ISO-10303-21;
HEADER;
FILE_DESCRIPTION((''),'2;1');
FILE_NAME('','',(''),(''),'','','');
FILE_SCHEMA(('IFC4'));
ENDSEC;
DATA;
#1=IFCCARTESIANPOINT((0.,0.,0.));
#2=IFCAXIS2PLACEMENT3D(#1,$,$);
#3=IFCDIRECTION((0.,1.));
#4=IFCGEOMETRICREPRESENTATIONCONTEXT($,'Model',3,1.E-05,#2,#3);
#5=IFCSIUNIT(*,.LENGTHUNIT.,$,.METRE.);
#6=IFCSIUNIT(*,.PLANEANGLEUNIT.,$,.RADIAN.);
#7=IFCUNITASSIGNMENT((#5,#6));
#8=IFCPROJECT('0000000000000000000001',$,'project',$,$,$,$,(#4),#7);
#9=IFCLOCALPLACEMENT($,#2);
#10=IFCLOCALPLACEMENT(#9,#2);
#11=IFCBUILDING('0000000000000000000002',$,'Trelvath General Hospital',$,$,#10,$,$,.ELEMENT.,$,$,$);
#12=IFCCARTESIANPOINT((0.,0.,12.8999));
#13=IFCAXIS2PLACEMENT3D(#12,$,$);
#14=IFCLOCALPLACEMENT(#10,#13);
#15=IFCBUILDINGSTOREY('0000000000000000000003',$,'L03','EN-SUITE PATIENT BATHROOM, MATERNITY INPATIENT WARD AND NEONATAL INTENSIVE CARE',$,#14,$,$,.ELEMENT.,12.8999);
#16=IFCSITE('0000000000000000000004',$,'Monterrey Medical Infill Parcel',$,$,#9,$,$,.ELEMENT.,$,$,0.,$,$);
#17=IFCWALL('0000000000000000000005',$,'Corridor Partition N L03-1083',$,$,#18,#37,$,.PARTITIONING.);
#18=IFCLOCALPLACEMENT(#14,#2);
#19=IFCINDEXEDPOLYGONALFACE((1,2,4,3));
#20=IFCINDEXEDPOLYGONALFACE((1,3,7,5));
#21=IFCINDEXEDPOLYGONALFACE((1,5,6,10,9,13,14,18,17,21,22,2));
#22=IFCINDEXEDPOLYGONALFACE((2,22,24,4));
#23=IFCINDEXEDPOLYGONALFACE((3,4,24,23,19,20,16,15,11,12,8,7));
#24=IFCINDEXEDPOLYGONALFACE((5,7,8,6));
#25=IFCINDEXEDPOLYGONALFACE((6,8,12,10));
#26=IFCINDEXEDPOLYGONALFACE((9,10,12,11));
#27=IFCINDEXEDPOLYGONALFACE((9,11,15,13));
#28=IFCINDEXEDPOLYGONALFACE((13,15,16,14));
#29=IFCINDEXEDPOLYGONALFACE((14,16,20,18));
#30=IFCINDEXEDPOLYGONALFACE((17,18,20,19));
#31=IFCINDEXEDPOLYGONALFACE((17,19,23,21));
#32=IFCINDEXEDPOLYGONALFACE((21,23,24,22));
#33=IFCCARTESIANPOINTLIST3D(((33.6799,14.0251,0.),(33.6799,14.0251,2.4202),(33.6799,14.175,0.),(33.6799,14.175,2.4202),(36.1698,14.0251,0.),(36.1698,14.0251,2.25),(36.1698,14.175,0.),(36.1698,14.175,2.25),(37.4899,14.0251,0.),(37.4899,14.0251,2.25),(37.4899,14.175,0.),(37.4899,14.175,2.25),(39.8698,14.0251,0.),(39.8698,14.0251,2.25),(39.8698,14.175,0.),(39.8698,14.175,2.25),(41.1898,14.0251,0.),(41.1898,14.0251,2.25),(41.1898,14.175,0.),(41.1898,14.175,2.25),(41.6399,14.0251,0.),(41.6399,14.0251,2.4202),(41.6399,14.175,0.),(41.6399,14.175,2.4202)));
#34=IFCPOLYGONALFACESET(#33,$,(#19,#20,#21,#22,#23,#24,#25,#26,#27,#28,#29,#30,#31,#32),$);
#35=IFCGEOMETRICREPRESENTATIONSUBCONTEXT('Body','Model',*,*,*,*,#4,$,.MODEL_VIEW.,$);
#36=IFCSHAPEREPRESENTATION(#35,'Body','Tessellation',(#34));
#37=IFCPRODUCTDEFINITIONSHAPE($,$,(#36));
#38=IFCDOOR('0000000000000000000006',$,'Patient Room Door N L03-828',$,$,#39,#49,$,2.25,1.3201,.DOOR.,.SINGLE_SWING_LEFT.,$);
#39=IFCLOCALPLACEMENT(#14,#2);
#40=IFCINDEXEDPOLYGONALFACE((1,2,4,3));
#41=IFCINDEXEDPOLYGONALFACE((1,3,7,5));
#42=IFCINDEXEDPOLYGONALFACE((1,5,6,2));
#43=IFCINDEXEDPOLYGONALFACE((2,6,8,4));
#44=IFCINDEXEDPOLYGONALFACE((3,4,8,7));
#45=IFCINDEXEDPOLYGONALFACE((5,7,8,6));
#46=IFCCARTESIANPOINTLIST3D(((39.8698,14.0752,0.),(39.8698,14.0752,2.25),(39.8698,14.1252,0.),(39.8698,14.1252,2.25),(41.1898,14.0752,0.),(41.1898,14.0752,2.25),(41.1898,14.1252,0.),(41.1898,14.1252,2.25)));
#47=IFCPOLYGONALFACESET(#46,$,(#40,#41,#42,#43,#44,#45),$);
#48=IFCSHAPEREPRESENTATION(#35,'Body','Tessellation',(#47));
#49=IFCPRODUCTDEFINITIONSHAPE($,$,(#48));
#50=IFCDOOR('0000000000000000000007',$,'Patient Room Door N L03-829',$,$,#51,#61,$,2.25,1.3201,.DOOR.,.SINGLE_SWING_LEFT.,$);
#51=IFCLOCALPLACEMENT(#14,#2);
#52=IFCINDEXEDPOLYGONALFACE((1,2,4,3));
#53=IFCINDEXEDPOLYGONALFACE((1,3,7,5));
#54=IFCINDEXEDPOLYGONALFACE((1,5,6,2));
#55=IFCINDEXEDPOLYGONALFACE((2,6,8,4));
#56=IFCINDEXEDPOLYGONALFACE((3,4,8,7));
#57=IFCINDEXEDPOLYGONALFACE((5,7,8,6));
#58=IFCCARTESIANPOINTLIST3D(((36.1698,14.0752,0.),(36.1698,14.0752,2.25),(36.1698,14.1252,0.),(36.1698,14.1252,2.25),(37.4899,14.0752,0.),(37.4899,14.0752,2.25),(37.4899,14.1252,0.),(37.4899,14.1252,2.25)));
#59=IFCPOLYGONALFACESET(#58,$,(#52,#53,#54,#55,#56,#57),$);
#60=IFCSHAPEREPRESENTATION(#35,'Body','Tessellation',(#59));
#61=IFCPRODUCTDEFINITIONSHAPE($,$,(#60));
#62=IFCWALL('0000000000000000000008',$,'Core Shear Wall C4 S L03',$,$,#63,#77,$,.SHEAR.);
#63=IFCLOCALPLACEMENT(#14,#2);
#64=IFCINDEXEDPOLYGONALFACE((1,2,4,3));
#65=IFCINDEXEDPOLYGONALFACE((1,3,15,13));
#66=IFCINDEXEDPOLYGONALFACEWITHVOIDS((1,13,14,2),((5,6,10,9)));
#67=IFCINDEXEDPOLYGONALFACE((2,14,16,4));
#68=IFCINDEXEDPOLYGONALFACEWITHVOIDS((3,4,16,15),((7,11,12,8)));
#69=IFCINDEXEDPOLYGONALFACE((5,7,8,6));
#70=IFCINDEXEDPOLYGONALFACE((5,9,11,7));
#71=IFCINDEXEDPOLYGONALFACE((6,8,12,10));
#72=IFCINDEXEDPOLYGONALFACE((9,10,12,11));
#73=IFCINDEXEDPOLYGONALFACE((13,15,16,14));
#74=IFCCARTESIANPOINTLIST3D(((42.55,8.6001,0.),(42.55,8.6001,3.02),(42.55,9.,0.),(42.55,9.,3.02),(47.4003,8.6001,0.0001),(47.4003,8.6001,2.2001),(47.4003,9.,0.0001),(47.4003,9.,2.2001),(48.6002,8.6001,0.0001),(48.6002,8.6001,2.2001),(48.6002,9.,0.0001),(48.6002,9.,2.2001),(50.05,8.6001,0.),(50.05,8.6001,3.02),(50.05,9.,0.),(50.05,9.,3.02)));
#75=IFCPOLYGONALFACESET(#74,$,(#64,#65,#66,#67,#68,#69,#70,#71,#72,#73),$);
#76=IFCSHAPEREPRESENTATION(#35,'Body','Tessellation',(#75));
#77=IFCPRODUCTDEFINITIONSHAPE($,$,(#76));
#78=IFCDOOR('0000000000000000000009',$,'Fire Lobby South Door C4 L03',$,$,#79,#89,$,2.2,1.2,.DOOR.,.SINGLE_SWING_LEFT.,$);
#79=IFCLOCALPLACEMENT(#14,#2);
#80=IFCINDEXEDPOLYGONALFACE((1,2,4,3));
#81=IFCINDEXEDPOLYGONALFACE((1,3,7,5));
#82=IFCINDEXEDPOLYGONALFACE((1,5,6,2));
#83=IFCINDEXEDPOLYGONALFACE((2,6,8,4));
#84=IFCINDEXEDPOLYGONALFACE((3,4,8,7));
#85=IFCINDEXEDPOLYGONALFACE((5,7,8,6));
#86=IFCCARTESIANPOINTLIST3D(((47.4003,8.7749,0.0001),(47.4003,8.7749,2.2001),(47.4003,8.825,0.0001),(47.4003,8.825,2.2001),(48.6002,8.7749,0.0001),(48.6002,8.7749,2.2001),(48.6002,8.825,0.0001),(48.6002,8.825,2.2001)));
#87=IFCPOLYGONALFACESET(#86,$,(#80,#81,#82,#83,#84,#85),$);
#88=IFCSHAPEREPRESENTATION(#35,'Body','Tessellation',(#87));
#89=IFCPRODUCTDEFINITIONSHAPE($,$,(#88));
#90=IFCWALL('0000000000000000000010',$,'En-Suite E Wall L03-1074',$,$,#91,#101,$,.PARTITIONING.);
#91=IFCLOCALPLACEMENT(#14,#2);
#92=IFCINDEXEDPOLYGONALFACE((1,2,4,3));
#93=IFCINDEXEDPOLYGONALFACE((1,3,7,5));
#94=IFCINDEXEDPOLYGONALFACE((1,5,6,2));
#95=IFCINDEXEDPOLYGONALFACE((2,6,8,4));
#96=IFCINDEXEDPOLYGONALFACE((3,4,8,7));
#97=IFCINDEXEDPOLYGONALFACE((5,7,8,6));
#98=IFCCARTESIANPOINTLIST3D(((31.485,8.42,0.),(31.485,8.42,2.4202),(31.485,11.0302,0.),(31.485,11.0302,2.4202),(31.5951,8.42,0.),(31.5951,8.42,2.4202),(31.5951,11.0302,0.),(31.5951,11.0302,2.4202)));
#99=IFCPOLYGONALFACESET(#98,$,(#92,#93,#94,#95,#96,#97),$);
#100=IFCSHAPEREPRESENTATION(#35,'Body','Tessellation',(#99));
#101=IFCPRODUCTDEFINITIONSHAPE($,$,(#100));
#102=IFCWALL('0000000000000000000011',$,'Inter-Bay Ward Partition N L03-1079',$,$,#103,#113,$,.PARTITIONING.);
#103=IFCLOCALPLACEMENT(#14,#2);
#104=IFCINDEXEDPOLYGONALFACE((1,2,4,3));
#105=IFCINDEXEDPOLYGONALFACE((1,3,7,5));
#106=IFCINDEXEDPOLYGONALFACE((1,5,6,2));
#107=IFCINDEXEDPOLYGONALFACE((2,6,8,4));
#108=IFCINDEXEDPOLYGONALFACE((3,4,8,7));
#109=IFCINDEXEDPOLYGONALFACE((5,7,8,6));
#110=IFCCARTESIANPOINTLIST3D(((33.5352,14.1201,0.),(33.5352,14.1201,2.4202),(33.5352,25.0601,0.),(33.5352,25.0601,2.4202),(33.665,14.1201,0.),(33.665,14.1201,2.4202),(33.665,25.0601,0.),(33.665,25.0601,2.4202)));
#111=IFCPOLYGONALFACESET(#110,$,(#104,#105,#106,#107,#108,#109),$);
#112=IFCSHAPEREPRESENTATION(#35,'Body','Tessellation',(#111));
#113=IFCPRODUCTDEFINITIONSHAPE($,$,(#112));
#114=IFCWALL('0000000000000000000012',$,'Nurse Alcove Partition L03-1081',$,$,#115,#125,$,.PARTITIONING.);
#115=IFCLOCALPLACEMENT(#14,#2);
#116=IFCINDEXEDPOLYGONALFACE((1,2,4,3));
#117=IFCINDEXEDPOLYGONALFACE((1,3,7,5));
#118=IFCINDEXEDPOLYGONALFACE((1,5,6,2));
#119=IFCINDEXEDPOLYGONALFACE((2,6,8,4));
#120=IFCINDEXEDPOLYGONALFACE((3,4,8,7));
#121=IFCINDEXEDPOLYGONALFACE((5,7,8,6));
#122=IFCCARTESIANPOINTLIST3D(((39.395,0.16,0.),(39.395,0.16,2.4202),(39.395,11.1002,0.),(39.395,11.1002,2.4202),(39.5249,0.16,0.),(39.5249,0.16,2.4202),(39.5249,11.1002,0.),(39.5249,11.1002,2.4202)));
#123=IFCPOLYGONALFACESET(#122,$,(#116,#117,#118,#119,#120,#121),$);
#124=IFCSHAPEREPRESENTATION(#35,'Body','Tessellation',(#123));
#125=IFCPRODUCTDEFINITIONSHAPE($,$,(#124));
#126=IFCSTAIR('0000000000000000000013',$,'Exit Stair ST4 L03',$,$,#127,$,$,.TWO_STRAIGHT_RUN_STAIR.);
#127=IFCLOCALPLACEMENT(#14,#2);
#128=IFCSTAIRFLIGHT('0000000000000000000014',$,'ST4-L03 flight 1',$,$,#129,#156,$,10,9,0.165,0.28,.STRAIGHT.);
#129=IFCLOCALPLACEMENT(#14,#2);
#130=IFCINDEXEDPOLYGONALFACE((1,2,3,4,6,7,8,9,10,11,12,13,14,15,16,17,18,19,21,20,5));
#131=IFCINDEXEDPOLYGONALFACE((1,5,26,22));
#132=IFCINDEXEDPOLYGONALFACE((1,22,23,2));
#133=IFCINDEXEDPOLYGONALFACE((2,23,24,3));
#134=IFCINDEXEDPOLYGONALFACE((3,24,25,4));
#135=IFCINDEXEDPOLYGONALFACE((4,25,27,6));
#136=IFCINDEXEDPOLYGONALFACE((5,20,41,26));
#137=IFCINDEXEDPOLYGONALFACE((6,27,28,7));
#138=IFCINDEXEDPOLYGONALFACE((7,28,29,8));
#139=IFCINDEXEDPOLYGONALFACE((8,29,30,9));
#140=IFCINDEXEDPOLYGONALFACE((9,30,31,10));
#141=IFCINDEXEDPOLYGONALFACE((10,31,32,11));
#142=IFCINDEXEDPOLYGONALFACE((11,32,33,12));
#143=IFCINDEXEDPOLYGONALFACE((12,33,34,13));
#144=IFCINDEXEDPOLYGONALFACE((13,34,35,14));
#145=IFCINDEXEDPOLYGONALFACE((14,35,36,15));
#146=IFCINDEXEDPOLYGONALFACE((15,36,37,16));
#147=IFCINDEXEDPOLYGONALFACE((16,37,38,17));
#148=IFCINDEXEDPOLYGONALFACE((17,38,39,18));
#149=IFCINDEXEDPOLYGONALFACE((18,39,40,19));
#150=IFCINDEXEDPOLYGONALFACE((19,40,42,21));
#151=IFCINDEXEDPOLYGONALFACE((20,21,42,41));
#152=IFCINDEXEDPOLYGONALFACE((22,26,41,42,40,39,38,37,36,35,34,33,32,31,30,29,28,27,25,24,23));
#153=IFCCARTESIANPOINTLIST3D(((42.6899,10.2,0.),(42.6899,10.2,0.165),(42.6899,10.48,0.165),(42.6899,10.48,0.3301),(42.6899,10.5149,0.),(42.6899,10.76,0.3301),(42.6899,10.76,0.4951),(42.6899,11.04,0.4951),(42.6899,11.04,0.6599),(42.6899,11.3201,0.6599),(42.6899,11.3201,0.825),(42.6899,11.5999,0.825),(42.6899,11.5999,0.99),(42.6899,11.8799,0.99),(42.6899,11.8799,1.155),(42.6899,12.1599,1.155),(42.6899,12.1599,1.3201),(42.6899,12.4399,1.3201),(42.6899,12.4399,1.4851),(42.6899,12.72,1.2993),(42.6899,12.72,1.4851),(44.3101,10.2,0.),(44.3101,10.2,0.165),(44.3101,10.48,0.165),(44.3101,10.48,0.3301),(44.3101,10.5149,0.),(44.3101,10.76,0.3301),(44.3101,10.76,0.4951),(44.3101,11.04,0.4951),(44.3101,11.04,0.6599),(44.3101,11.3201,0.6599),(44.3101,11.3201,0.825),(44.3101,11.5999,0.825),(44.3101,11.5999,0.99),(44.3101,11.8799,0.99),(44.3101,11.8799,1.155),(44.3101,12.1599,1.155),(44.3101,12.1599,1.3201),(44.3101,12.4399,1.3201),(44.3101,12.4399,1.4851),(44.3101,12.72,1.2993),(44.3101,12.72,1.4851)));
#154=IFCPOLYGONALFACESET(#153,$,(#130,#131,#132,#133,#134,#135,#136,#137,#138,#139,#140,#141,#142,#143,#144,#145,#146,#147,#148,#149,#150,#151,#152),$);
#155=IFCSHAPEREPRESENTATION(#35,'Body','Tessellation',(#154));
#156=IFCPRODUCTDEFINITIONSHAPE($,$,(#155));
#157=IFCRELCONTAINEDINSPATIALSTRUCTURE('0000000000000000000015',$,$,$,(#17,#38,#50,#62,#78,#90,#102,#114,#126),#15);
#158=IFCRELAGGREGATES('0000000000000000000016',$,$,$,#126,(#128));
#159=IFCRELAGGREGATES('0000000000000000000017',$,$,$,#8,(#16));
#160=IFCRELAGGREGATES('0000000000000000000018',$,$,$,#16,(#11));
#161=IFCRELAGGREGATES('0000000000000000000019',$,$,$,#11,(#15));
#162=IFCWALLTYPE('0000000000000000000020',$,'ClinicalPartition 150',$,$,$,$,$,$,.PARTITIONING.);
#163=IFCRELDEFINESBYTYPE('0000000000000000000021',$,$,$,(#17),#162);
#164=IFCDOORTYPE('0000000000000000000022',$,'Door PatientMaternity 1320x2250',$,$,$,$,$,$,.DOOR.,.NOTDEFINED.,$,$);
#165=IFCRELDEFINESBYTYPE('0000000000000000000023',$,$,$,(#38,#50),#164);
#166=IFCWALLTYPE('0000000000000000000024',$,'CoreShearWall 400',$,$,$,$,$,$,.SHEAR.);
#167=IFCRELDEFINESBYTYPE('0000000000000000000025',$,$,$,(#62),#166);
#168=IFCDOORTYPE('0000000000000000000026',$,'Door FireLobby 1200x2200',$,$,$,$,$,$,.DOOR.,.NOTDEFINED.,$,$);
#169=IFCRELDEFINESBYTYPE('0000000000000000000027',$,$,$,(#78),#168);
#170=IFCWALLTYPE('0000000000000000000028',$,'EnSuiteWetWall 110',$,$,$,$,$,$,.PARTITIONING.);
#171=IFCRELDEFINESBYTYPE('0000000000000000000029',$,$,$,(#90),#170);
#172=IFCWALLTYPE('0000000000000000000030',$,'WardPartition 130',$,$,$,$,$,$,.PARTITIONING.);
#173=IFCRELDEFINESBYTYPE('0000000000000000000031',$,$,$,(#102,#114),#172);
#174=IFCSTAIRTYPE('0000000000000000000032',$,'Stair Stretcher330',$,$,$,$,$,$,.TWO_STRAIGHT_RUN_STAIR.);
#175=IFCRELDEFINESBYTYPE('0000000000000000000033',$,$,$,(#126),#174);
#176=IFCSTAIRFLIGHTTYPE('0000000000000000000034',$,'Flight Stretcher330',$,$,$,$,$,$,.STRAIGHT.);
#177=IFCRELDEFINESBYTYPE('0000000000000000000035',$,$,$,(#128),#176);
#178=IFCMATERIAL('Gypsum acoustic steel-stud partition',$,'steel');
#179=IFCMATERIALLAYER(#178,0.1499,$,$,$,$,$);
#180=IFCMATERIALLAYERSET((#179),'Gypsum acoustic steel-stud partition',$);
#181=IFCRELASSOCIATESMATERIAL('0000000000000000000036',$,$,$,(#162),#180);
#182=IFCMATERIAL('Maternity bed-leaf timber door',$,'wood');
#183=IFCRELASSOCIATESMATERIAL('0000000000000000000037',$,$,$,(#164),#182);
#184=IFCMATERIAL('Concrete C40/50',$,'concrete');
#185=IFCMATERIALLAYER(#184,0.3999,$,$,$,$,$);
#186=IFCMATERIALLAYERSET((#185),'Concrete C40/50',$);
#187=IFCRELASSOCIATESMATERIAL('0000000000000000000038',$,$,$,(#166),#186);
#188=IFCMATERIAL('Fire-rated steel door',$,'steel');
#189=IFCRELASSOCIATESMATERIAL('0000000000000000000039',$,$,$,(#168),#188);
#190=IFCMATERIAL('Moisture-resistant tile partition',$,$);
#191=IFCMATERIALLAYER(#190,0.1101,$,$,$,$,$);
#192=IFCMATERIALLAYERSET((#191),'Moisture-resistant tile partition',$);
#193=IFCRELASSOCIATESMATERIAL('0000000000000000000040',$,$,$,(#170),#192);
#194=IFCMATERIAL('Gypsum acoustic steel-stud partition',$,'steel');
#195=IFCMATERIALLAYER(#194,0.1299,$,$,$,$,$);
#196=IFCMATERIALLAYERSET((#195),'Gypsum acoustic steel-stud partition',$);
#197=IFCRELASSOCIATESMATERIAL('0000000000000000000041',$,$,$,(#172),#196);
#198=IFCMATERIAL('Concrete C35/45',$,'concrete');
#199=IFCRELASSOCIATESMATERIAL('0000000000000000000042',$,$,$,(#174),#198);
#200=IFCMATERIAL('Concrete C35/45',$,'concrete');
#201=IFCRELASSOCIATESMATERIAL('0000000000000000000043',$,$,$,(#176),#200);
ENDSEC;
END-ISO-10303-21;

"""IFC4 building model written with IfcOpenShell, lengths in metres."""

from ifc_helpers import new_model, si_unit, direction, frame, frame_2d, origin, place, context, subcontext, project, spatial, polyline, rectangle, outline, extrude, material, layer, layer_set, type_object, element, fill, aggregate, save


model = new_model("IFC4")

# Units and contexts
model_context = context("Model", 3, precision=1e-05, world=origin(), true_north=direction((0.0, 1.0)))
body_context = subcontext(model_context, "Body", "Model", "MODEL_VIEW")
ifc_project = project(units=[si_unit("LENGTHUNIT", "METRE"), si_unit("PLANEANGLEUNIT", "RADIAN")], contexts=[model_context])

# Site, building, storey
site_placement = place(None, origin())
site = spatial("IfcSite", under=ifc_project, at=site_placement, Name="Monterrey Medical Infill Parcel", CompositionType="ELEMENT", RefElevation=0.0)
building_placement = place(site_placement, origin())
building = spatial("IfcBuilding", under=site, at=building_placement, Name="Trelvath General Hospital", CompositionType="ELEMENT")
storey_placement = place(building_placement, frame((0.0, 0.0, 12.8999)))
storey = spatial("IfcBuildingStorey", under=building, at=storey_placement, Name="L03", Description="EN-SUITE PATIENT BATHROOM, MATERNITY INPATIENT WARD AND NEONATAL INTENSIVE CARE", CompositionType="ELEMENT", Elevation=12.8999)

# Shared definitions
ifc_material_1 = material(Name="Gypsum acoustic steel-stud partition", Category="steel")
ifc_layer_1 = layer(ifc_material_1, 0.1499)
ifc_layer_set_1 = layer_set([ifc_layer_1], Name="Gypsum acoustic steel-stud partition")
wall_type_1 = type_object("IfcWallType", Name="ClinicalPartition 150", PredefinedType="PARTITIONING", material=ifc_layer_set_1)

# Wall, openings, doors
wall_1_placement = place(storey_placement, frame((41.6399, 14.1001, 0.0), z_axis=(0.0, 0.0, 1.0), x_axis=(-1.0, 0.0, 0.0)))
wall_1 = element("IfcWall", 1, at=wall_1_placement, inside=storey, type_object=wall_type_1, Name="Corridor Partition N L03-1083", PredefinedType="PARTITIONING", context=body_context, shape_type="SweptSolid", body=[
    extrude(rectangle(XDim=7.96, YDim=0.1499, at=frame_2d((3.98, 0.0))), origin(), (0.0, 0.0, 1.0), 2.4202),
])
opening_1_placement = place(wall_1_placement, frame((0.45, 0.0, 0.0)))
opening_1 = element("IfcOpeningElement", 2, at=opening_1_placement, cuts=wall_1, PredefinedType="OPENING", context=body_context, shape_type="SweptSolid", body=[
    extrude(rectangle(XDim=1.3201, YDim=2.25, at=frame_2d((0.6602, 1.125))), frame((0.0, 0.085, 0.0), z_axis=(0.0, -1.0, 0.0), x_axis=(1.0, 0.0, 0.0)), (0.0, 0.0, 1.0), 0.1699),
])
opening_2_placement = place(wall_1_placement, frame((4.1499, 0.0, 0.0)))
opening_2 = element("IfcOpeningElement", 3, at=opening_2_placement, cuts=wall_1, PredefinedType="OPENING", context=body_context, shape_type="SweptSolid", body=[
    extrude(rectangle(XDim=1.3201, YDim=2.25, at=frame_2d((0.6602, 1.125))), frame((0.0, 0.085, 0.0), z_axis=(0.0, -1.0, 0.0), x_axis=(1.0, 0.0, 0.0)), (0.0, 0.0, 1.0), 0.1699),
])
ifc_material_2 = material(Name="Maternity bed-leaf timber door", Category="wood")
door_type_1 = type_object("IfcDoorType", Name="Door PatientMaternity 1320x2250", OperationType="NOTDEFINED", PredefinedType="DOOR", material=ifc_material_2)
door_1_placement = place(opening_1_placement, origin())
door_1 = element("IfcDoor", 4, at=door_1_placement, inside=storey, type_object=door_type_1, Name="Patient Room Door N L03-828", OperationType="SINGLE_SWING_LEFT", OverallHeight=2.25, OverallWidth=1.3201, PredefinedType="DOOR", context=body_context, shape_type="SweptSolid", body=[
    extrude(rectangle(XDim=1.3201, YDim=2.25, at=frame_2d((0.6602, 1.125))), frame((0.0, 0.0249, 0.0), z_axis=(0.0, -1.0, 0.0), x_axis=(1.0, 0.0, 0.0)), (0.0, 0.0, 1.0), 0.05),
])
fill(opening_1, door_1)
door_2_placement = place(opening_2_placement, origin())
door_2 = element("IfcDoor", 5, at=door_2_placement, inside=storey, type_object=door_type_1, Name="Patient Room Door N L03-829", OperationType="SINGLE_SWING_LEFT", OverallHeight=2.25, OverallWidth=1.3201, PredefinedType="DOOR", context=body_context, shape_type="SweptSolid", body=[
    extrude(rectangle(XDim=1.3201, YDim=2.25, at=frame_2d((0.6602, 1.125))), frame((0.0, 0.0249, 0.0), z_axis=(0.0, -1.0, 0.0), x_axis=(1.0, 0.0, 0.0)), (0.0, 0.0, 1.0), 0.05),
])
fill(opening_2, door_2)

# Wall, opening, door
ifc_material_3 = material(Name="Concrete C40/50", Category="concrete")
ifc_layer_2 = layer(ifc_material_3, 0.3999)
ifc_layer_set_2 = layer_set([ifc_layer_2], Name="Concrete C40/50")
wall_type_2 = type_object("IfcWallType", Name="CoreShearWall 400", PredefinedType="SHEAR", material=ifc_layer_set_2)
wall_2_placement = place(storey_placement, frame((42.55, 8.8, 0.0), z_axis=(0.0, 0.0, 1.0), x_axis=(1.0, 0.0, 0.0)))
wall_2 = element("IfcWall", 6, at=wall_2_placement, inside=storey, type_object=wall_type_2, Name="Core Shear Wall C4 S L03", PredefinedType="SHEAR", context=body_context, shape_type="SweptSolid", body=[
    extrude(rectangle(XDim=7.5, YDim=0.3999, at=frame_2d((3.75, 0.0))), origin(), (0.0, 0.0, 1.0), 3.02),
])
opening_3_placement = place(wall_2_placement, frame((4.8501, 0.0, 0.0)))
opening_3 = element("IfcOpeningElement", 7, at=opening_3_placement, cuts=wall_2, PredefinedType="OPENING", context=body_context, shape_type="SweptSolid", body=[
    extrude(rectangle(XDim=1.2, YDim=2.2, at=frame_2d((0.6001, 1.1001))), frame((0.0, 0.21, 0.0), z_axis=(0.0, -1.0, 0.0), x_axis=(1.0, 0.0, 0.0)), (0.0, 0.0, 1.0), 0.4199),
])
ifc_material_4 = material(Name="Fire-rated steel door", Category="steel")
door_type_2 = type_object("IfcDoorType", Name="Door FireLobby 1200x2200", OperationType="NOTDEFINED", PredefinedType="DOOR", material=ifc_material_4)
door_3_placement = place(opening_3_placement, origin())
door_3 = element("IfcDoor", 8, at=door_3_placement, inside=storey, type_object=door_type_2, Name="Fire Lobby South Door C4 L03", OperationType="SINGLE_SWING_LEFT", OverallHeight=2.2, OverallWidth=1.2, PredefinedType="DOOR", context=body_context, shape_type="SweptSolid", body=[
    extrude(rectangle(XDim=1.2, YDim=2.2, at=frame_2d((0.6001, 1.1001))), frame((0.0, 0.0249, 0.0), z_axis=(0.0, -1.0, 0.0), x_axis=(1.0, 0.0, 0.0)), (0.0, 0.0, 1.0), 0.05),
])
fill(opening_3, door_3)

# Walls
ifc_material_5 = material(Name="Moisture-resistant tile partition")
ifc_layer_3 = layer(ifc_material_5, 0.1101)
ifc_layer_set_3 = layer_set([ifc_layer_3], Name="Moisture-resistant tile partition")
wall_type_3 = type_object("IfcWallType", Name="EnSuiteWetWall 110", PredefinedType="PARTITIONING", material=ifc_layer_set_3)
wall_3_placement = place(storey_placement, frame((31.54, 8.4199, 0.0), z_axis=(0.0, 0.0, 1.0), x_axis=(0.0, 1.0, 0.0)))
element("IfcWall", 9, at=wall_3_placement, inside=storey, type_object=wall_type_3, Name="En-Suite E Wall L03-1074", PredefinedType="PARTITIONING", context=body_context, shape_type="SweptSolid", body=[
    extrude(rectangle(XDim=2.6101, YDim=0.1101, at=frame_2d((1.3052, 0.0))), origin(), (0.0, 0.0, 1.0), 2.4202),
])
ifc_material_6 = material(Name="Gypsum acoustic steel-stud partition", Category="steel")
ifc_layer_4 = layer(ifc_material_6, 0.1299)
ifc_layer_set_4 = layer_set([ifc_layer_4], Name="Gypsum acoustic steel-stud partition")
wall_type_4 = type_object("IfcWallType", Name="WardPartition 130", PredefinedType="PARTITIONING", material=ifc_layer_set_4)
wall_4_placement = place(storey_placement, frame((33.6001, 14.1201, 0.0), z_axis=(0.0, 0.0, 1.0), x_axis=(0.0, 1.0, 0.0)))
element("IfcWall", 10, at=wall_4_placement, inside=storey, type_object=wall_type_4, Name="Inter-Bay Ward Partition N L03-1079", PredefinedType="PARTITIONING", context=body_context, shape_type="SweptSolid", body=[
    extrude(rectangle(XDim=10.9399, YDim=0.1299, at=frame_2d((5.47, 0.0))), origin(), (0.0, 0.0, 1.0), 2.4202),
])
wall_5_placement = place(storey_placement, frame((39.46, 0.1599, 0.0), z_axis=(0.0, 0.0, 1.0), x_axis=(0.0, 1.0, 0.0)))
element("IfcWall", 11, at=wall_5_placement, inside=storey, type_object=wall_type_4, Name="Nurse Alcove Partition L03-1081", PredefinedType="PARTITIONING", context=body_context, shape_type="SweptSolid", body=[
    extrude(rectangle(XDim=10.9402, YDim=0.1299, at=frame_2d((5.4702, 0.0))), origin(), (0.0, 0.0, 1.0), 2.4202),
])

# Stair, stair flight
ifc_material_7 = material(Name="Concrete C35/45", Category="concrete")
stair_type = type_object("IfcStairType", Name="Stair Stretcher330", PredefinedType="TWO_STRAIGHT_RUN_STAIR", material=ifc_material_7)
stair_placement = place(storey_placement, origin())
stair = element("IfcStair", 12, at=stair_placement, inside=storey, type_object=stair_type, Name="Exit Stair ST4 L03", PredefinedType="TWO_STRAIGHT_RUN_STAIR")
ifc_material_8 = material(Name="Concrete C35/45", Category="concrete")
stair_flight_type = type_object("IfcStairFlightType", Name="Flight Stretcher330", PredefinedType="STRAIGHT", material=ifc_material_8)
stair_flight_placement = place(storey_placement, frame((43.5, 10.2, 0.0), z_axis=(0.0, 0.0, 1.0), x_axis=(0.0, 1.0, 0.0)))
stair_flight = element("IfcStairFlight", 13, at=stair_flight_placement, type_object=stair_flight_type, Name="ST4-L03 flight 1", NumberOfRisers=10, NumberOfTreads=9, PredefinedType="STRAIGHT", RiserHeight=0.165, TreadLength=0.28, context=body_context, shape_type="SweptSolid", body=[
    extrude(outline(polyline([(0.0, 0.0), (0.0, 0.165), (0.28, 0.165), (0.28, 0.3301), (0.5601, 0.3301), (0.5601, 0.4951), (0.8401, 0.4951), (0.8401, 0.6599), (1.1201, 0.6599), (1.1201, 0.825), (1.3999, 0.825), (1.3999, 0.99), (1.6799, 0.99), (1.6799, 1.155), (1.96, 1.155), (1.96, 1.3201), (2.24, 1.3201), (2.24, 1.4851), (2.52, 1.4851), (2.52, 1.6499), (2.52, 1.2993), (0.3149, 0.0), (0.0, 0.0)])), frame((0.0, 0.8101, 0.0), z_axis=(0.0, -1.0, 0.0), x_axis=(1.0, 0.0, 0.0)), (0.0, 0.0, 1.0), 1.6201),
])
aggregate(stair, [stair_flight])

save(model, "model.ifc")
